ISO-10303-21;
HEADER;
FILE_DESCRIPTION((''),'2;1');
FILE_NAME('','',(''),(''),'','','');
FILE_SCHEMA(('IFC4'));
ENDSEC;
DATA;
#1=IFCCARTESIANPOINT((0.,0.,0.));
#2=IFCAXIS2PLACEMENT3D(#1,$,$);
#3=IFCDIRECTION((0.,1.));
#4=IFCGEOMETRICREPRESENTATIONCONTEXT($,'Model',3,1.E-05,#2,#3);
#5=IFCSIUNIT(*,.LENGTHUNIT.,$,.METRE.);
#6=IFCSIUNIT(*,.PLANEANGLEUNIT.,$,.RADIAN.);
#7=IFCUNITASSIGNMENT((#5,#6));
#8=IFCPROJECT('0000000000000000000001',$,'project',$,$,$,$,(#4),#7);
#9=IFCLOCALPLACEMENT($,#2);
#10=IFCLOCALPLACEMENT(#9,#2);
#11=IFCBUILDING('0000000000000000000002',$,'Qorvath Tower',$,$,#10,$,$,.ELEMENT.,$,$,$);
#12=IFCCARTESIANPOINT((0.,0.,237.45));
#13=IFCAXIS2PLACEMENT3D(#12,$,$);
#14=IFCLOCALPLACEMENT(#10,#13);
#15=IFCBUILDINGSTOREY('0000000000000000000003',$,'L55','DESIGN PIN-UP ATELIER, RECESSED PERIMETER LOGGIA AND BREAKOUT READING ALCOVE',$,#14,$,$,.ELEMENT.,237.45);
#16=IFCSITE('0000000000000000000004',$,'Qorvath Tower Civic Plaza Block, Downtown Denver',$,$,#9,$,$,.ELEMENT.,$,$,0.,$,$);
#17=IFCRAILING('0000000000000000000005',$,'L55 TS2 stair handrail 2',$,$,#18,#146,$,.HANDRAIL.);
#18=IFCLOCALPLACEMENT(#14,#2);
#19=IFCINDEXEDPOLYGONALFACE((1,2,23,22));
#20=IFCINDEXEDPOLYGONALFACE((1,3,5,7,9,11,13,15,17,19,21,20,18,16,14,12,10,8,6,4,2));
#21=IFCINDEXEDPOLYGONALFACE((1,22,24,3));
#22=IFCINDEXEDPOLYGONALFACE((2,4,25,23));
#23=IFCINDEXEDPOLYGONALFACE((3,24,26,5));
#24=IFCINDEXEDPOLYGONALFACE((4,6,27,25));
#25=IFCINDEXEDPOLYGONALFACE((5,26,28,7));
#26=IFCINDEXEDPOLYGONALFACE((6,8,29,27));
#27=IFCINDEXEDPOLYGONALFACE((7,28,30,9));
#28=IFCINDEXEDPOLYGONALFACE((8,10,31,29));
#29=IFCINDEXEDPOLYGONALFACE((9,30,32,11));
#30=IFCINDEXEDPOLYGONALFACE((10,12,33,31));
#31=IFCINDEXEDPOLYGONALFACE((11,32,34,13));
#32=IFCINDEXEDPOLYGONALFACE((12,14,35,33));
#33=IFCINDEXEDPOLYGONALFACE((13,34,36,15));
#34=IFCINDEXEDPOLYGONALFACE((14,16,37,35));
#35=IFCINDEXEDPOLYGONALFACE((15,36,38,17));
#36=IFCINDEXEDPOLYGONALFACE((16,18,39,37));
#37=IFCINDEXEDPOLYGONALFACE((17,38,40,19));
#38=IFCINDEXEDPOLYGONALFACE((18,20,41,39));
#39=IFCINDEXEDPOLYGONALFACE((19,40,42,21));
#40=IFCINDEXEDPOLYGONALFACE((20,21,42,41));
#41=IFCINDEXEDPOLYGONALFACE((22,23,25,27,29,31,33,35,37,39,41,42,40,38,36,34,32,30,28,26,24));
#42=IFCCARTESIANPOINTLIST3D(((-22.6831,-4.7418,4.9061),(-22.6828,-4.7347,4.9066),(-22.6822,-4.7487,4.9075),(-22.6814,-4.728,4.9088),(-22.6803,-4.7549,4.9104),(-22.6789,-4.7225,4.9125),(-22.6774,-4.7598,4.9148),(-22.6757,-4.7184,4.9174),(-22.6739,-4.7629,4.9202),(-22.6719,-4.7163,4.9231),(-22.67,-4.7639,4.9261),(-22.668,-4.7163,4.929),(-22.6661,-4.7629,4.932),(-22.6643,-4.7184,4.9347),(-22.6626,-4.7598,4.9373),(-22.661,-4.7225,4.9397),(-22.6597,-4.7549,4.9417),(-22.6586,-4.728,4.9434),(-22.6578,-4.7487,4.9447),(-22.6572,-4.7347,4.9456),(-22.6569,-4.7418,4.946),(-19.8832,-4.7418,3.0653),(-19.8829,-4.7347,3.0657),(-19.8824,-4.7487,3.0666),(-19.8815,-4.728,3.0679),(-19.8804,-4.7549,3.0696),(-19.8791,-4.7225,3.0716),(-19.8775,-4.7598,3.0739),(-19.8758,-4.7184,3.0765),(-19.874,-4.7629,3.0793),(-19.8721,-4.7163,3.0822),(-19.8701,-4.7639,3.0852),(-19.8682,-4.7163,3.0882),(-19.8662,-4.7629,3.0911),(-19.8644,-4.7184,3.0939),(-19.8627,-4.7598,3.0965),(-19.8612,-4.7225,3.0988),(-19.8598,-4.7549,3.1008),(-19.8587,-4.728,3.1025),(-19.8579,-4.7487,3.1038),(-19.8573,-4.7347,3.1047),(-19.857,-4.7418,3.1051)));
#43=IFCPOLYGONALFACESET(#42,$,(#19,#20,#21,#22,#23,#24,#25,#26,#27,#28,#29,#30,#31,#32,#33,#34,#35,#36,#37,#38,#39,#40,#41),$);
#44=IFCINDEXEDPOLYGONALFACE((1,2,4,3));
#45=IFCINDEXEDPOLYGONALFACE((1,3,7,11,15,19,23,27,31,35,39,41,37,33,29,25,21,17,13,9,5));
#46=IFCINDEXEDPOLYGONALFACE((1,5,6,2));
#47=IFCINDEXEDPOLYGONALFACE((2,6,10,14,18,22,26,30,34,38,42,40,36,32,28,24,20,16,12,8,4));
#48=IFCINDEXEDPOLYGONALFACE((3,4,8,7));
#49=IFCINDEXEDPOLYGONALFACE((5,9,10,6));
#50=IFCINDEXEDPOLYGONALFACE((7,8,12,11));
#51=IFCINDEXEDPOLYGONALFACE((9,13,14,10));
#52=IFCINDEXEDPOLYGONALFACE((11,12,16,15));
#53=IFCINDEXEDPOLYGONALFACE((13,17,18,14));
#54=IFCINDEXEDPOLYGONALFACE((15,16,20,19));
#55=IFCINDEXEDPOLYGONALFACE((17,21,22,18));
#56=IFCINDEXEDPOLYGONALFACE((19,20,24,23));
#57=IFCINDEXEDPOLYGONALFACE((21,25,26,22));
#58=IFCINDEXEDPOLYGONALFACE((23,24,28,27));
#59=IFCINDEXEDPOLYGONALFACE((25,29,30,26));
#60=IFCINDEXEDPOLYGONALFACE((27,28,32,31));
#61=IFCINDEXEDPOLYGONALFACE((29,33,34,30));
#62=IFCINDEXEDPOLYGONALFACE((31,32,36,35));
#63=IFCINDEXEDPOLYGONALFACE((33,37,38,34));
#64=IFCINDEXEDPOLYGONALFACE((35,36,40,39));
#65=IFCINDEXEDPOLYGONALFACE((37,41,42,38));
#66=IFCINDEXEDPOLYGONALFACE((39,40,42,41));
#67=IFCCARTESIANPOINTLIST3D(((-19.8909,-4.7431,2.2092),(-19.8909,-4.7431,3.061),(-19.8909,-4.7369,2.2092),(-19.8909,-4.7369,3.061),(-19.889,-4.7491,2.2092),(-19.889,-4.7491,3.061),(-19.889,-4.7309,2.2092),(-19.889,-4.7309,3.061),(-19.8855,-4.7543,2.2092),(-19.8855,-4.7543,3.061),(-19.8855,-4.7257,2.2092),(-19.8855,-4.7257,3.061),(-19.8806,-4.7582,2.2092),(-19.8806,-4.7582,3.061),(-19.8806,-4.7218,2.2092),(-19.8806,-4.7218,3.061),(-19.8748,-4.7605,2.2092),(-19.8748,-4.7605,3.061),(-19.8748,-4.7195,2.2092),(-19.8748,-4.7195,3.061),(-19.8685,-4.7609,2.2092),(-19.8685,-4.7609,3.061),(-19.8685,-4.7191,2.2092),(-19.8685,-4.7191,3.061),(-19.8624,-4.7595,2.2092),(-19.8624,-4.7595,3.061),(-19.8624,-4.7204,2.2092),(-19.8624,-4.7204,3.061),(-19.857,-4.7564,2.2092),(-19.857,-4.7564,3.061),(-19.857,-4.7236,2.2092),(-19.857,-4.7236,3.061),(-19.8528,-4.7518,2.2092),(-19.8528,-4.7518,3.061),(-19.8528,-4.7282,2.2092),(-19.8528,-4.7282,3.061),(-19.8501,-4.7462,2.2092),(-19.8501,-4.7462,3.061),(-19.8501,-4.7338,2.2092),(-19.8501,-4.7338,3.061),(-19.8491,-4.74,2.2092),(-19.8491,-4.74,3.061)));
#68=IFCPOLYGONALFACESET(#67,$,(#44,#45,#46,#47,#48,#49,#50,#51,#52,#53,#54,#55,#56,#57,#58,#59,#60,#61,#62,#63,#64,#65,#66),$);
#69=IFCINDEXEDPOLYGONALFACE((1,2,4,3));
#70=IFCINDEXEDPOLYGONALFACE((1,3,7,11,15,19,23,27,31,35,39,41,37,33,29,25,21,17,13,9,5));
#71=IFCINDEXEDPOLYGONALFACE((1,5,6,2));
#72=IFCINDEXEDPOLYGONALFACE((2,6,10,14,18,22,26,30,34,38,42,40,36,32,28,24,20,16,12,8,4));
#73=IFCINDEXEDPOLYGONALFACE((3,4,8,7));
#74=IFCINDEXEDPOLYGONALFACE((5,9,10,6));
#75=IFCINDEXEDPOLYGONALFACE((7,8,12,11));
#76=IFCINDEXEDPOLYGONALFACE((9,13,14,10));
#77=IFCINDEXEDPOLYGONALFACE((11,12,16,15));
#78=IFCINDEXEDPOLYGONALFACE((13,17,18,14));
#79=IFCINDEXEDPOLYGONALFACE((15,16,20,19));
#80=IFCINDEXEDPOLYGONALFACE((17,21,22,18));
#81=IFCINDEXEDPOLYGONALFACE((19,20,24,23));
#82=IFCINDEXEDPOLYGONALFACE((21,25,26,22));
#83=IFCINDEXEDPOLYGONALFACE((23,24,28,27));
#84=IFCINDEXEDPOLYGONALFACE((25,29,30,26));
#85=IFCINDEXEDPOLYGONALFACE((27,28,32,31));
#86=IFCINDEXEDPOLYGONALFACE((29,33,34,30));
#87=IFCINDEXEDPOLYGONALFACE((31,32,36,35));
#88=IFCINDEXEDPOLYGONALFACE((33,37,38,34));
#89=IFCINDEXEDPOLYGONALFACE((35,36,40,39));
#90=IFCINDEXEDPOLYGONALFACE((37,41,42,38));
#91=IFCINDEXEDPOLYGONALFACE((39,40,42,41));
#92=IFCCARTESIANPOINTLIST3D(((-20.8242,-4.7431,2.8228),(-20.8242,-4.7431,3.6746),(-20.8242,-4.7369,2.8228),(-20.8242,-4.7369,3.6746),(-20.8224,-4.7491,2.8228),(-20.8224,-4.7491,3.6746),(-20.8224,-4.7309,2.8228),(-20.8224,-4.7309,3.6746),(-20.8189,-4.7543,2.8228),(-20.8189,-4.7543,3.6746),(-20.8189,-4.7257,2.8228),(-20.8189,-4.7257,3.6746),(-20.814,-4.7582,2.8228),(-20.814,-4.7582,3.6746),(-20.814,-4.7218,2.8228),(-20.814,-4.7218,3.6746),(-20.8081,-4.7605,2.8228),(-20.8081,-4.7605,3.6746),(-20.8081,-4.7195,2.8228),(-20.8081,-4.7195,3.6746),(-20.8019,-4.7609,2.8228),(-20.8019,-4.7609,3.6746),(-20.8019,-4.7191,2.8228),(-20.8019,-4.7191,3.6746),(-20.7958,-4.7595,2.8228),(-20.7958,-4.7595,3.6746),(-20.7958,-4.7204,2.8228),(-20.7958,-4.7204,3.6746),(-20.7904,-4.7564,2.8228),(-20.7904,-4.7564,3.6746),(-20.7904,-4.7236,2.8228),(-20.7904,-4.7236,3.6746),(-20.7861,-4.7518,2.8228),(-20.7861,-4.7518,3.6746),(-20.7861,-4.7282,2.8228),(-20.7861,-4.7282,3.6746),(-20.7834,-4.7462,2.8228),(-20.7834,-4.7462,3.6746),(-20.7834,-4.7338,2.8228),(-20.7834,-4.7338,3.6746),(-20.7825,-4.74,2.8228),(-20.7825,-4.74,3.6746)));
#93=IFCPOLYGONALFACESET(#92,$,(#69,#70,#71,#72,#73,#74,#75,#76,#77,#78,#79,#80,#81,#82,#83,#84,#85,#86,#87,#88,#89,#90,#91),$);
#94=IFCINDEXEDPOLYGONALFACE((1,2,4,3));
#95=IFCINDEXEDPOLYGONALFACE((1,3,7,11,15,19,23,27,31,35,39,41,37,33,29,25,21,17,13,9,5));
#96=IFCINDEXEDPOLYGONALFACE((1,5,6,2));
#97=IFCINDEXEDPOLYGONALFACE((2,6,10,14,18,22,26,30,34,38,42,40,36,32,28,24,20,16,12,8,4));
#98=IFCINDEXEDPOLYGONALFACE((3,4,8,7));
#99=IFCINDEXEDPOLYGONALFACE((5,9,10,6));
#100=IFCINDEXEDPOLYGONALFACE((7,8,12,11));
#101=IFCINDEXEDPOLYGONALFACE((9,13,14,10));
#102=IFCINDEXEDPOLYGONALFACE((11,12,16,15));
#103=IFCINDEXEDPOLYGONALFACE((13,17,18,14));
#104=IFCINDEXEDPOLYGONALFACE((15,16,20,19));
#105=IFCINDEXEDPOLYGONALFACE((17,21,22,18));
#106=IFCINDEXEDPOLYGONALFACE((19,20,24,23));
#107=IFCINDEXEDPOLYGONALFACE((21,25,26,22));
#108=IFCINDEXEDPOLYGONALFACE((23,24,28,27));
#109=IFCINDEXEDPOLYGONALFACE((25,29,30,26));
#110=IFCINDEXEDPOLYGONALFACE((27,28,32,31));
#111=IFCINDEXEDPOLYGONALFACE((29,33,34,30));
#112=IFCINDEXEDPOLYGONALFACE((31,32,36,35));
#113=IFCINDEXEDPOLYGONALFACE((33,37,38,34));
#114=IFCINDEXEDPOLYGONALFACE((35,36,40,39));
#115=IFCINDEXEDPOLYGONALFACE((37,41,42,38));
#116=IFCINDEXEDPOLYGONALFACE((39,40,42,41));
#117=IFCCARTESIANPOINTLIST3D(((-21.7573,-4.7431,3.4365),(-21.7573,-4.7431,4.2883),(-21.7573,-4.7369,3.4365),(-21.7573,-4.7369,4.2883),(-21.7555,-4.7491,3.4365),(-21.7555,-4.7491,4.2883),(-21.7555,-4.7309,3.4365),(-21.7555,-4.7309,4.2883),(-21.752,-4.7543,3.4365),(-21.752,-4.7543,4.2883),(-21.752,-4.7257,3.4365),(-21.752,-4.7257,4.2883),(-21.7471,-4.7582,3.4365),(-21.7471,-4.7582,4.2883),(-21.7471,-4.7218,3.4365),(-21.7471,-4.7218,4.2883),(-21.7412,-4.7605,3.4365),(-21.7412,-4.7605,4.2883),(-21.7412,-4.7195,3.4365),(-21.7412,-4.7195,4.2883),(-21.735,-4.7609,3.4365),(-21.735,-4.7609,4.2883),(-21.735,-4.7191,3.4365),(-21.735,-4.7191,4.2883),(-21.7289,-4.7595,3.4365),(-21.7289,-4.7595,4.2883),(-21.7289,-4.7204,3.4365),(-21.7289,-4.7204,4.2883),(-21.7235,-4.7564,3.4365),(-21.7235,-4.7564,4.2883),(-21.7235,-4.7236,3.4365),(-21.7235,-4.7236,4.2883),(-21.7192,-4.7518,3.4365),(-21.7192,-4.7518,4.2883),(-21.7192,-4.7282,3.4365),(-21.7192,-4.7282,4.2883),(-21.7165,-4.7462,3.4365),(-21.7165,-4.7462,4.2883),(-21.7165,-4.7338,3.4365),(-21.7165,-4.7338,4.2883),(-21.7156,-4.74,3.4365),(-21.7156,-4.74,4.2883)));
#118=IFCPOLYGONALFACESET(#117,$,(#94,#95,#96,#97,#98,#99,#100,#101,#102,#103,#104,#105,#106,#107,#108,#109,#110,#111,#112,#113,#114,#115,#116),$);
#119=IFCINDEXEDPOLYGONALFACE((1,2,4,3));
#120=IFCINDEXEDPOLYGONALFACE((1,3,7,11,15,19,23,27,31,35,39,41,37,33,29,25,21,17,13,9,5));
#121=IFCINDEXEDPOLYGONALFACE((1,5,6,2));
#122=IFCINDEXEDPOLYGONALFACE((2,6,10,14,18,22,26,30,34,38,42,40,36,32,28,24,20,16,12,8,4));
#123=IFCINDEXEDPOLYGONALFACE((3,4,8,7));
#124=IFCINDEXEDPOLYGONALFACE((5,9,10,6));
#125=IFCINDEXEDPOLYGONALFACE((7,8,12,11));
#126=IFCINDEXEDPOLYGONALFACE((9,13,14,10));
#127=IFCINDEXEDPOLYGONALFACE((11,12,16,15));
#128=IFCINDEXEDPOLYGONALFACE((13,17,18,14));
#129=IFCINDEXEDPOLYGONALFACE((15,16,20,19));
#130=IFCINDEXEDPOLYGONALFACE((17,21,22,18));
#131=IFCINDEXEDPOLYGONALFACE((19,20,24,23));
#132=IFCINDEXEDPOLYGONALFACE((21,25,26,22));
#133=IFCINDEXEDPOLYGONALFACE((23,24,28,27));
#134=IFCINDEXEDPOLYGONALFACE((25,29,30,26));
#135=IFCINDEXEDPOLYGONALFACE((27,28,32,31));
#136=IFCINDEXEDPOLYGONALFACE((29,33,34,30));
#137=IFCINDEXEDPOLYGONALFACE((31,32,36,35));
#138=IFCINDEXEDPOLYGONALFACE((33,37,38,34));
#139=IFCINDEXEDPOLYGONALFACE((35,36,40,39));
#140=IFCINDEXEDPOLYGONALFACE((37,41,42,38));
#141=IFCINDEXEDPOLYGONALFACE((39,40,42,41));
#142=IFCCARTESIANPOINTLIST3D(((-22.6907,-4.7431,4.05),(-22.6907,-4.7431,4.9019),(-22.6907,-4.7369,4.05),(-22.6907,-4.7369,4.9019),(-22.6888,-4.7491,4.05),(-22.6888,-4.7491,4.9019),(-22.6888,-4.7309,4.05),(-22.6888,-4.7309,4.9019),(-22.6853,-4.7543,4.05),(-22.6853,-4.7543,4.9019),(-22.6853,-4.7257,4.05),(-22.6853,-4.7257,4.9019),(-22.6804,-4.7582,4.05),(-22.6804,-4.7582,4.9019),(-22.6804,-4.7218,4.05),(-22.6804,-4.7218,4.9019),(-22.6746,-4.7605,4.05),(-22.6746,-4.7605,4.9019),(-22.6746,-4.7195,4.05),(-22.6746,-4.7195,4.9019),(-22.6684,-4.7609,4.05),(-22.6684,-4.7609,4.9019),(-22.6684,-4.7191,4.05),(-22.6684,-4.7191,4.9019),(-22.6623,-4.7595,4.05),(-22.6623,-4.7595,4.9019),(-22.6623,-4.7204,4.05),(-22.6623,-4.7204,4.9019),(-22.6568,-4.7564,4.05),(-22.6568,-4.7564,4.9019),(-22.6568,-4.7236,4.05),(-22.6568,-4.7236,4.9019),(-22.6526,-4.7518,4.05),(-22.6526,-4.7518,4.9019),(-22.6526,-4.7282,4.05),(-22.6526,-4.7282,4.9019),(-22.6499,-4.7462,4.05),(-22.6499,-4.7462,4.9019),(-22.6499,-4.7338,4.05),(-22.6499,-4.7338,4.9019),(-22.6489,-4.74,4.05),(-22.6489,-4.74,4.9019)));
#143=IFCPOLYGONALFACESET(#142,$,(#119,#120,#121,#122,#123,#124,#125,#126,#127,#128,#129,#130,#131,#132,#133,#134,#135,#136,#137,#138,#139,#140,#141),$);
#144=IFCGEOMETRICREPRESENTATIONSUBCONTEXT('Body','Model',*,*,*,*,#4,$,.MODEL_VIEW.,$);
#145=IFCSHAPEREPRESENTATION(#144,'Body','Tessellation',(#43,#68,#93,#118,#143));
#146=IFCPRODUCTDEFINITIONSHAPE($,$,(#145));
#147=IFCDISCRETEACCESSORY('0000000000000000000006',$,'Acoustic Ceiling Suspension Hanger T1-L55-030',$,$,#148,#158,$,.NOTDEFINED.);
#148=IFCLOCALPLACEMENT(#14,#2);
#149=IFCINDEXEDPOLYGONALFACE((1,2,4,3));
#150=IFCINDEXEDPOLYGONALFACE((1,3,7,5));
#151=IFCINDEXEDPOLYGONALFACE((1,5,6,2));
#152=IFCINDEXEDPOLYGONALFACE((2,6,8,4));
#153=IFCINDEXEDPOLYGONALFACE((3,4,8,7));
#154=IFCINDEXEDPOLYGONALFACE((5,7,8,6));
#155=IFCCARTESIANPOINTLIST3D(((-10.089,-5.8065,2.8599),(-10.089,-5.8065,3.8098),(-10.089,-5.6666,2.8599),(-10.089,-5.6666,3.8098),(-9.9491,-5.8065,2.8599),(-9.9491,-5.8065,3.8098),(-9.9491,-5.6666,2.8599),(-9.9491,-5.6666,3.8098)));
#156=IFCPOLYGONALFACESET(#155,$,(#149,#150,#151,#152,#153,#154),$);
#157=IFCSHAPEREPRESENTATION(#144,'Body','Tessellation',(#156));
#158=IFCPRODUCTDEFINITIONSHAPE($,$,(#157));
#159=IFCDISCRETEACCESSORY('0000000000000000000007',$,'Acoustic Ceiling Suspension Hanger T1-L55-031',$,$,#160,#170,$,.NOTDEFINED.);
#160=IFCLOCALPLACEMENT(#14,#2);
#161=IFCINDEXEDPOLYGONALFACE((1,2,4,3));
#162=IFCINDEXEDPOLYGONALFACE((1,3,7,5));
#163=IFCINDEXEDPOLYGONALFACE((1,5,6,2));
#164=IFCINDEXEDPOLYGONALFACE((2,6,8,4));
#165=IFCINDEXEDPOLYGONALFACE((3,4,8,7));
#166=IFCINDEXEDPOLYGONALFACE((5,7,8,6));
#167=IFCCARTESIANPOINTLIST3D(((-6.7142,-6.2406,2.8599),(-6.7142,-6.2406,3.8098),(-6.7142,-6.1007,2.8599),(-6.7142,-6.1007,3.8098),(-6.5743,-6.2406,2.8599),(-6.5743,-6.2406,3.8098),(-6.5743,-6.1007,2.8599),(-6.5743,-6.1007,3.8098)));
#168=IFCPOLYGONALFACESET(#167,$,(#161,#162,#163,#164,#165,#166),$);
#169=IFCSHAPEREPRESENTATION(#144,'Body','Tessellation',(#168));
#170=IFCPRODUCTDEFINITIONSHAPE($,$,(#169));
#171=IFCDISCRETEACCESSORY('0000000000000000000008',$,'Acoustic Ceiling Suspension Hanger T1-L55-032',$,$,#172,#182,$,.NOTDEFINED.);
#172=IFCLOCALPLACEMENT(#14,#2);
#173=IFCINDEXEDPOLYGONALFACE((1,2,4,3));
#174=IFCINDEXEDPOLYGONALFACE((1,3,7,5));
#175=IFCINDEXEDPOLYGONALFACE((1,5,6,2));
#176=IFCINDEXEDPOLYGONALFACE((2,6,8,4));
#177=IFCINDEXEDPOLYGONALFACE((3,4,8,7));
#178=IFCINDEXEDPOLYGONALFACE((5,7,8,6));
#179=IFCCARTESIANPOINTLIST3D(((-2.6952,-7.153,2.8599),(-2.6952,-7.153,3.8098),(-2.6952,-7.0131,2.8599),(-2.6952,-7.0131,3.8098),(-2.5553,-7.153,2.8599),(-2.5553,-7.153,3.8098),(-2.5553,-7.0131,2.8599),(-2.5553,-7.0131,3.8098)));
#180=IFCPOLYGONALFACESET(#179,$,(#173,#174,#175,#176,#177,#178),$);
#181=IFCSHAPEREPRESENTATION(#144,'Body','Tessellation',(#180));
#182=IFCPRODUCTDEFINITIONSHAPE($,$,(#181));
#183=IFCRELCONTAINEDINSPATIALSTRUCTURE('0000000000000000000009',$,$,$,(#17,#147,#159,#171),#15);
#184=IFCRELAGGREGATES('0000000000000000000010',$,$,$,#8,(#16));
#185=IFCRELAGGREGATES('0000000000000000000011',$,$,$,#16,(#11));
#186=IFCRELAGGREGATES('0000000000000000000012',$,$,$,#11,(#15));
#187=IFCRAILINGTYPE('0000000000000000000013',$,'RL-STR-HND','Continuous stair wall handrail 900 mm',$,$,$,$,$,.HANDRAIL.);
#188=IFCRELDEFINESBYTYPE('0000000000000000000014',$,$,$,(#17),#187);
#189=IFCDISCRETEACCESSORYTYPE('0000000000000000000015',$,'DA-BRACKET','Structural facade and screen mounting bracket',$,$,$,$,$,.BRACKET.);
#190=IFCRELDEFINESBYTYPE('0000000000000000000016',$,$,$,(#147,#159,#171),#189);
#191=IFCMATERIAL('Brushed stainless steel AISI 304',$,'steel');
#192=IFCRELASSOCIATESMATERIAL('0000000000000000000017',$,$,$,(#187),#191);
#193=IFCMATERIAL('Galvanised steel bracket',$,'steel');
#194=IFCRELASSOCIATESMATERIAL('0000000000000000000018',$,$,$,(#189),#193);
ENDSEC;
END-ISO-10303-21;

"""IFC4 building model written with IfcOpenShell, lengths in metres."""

from ifc_helpers import new_model, si_unit, direction, frame, origin, origin_2d, place, context, subcontext, project, spatial, rectangle, circle, extrude, material, type_object, element, save


model = new_model("IFC4")

# Units and contexts
model_context = context("Model", 3, precision=1e-05, world=origin(), true_north=direction((0.0, 1.0)))
body_context = subcontext(model_context, "Body", "Model", "MODEL_VIEW")
ifc_project = project(units=[si_unit("LENGTHUNIT", "METRE"), si_unit("PLANEANGLEUNIT", "RADIAN")], contexts=[model_context])

# Site, building, storey
site_placement = place(None, origin())
site = spatial("IfcSite", under=ifc_project, at=site_placement, Name="Qorvath Tower Civic Plaza Block, Downtown Denver", CompositionType="ELEMENT", RefElevation=0.0)
building_placement = place(site_placement, origin())
building = spatial("IfcBuilding", under=site, at=building_placement, Name="Qorvath Tower", CompositionType="ELEMENT")
storey_placement = place(building_placement, frame((0.0, 0.0, 237.45)))
storey = spatial("IfcBuildingStorey", under=building, at=storey_placement, Name="L55", Description="DESIGN PIN-UP ATELIER, RECESSED PERIMETER LOGGIA AND BREAKOUT READING ALCOVE", CompositionType="ELEMENT", Elevation=237.45)

# Railing
ifc_material_1 = material(Name="Brushed stainless steel AISI 304", Category="steel")
railing_type_1 = type_object("IfcRailingType", Name="RL-STR-HND", Description="Continuous stair wall handrail 900 mm", PredefinedType="HANDRAIL", material=ifc_material_1)
railing_1_placement = place(storey_placement, frame((-19.8701, -4.74, 2.2092)))
element("IfcRailing", 1, at=railing_1_placement, inside=storey, type_object=railing_type_1, Name="L55 TS2 stair handrail 2", PredefinedType="HANDRAIL", context=body_context, shape_type="SweptSolid", body=[
    extrude(circle(Radius=0.0239, at=origin_2d()), frame((0.0, 0.0, 0.876), z_axis=(-0.835576, 0.0, 0.549376), x_axis=(0.0, -1.0, 0.0)), (0.0, 0.0, 1.0), 3.3508),
    extrude(circle(Radius=0.021, at=origin_2d()), origin(), (0.0, 0.0, 1.0), 0.8518),
    extrude(circle(Radius=0.021, at=origin_2d()), frame((-0.9333, 0.0, 0.6135)), (0.0, 0.0, 1.0), 0.8518),
    extrude(circle(Radius=0.021, at=origin_2d()), frame((-1.8665, 0.0, 1.2273)), (0.0, 0.0, 1.0), 0.8518),
    extrude(circle(Radius=0.021, at=origin_2d()), frame((-2.7998, 0.0, 1.8408)), (0.0, 0.0, 1.0), 0.8518),
])

# Discrete accessories
ifc_material_2 = material(Name="Galvanised steel bracket", Category="steel")
discrete_accessory_type = type_object("IfcDiscreteAccessoryType", Name="DA-BRACKET", Description="Structural facade and screen mounting bracket", PredefinedType="BRACKET", material=ifc_material_2)
for number, where, z_axis, x_axis, name in (
    (2, (-10.019, -5.7366, 2.8599), (0.0, 0.0, 1.0), (1.0, 0.0, 0.0), "Acoustic Ceiling Suspension Hanger T1-L55-030"),
    (3, (-6.6443, -6.1707, 2.8599), (0.0, 0.0, 1.0), (1.0, 0.0, 0.0), "Acoustic Ceiling Suspension Hanger T1-L55-031"),
    (4, (-2.6252, -7.083, 2.8599), (0.0, 0.0, 1.0), (1.0, 0.0, 0.0), "Acoustic Ceiling Suspension Hanger T1-L55-032"),
):
    element("IfcDiscreteAccessory", number, at=place(storey_placement, frame(where, z_axis=z_axis, x_axis=x_axis)), inside=storey, type_object=discrete_accessory_type, Name=name, PredefinedType="NOTDEFINED", context=body_context, shape_type="SweptSolid", body=[
        extrude(rectangle(XDim=0.1399, YDim=0.1399, at=origin_2d()), origin(), (0.0, 0.0, 1.0), 0.95),
    ])

save(model, "model.ifc")
